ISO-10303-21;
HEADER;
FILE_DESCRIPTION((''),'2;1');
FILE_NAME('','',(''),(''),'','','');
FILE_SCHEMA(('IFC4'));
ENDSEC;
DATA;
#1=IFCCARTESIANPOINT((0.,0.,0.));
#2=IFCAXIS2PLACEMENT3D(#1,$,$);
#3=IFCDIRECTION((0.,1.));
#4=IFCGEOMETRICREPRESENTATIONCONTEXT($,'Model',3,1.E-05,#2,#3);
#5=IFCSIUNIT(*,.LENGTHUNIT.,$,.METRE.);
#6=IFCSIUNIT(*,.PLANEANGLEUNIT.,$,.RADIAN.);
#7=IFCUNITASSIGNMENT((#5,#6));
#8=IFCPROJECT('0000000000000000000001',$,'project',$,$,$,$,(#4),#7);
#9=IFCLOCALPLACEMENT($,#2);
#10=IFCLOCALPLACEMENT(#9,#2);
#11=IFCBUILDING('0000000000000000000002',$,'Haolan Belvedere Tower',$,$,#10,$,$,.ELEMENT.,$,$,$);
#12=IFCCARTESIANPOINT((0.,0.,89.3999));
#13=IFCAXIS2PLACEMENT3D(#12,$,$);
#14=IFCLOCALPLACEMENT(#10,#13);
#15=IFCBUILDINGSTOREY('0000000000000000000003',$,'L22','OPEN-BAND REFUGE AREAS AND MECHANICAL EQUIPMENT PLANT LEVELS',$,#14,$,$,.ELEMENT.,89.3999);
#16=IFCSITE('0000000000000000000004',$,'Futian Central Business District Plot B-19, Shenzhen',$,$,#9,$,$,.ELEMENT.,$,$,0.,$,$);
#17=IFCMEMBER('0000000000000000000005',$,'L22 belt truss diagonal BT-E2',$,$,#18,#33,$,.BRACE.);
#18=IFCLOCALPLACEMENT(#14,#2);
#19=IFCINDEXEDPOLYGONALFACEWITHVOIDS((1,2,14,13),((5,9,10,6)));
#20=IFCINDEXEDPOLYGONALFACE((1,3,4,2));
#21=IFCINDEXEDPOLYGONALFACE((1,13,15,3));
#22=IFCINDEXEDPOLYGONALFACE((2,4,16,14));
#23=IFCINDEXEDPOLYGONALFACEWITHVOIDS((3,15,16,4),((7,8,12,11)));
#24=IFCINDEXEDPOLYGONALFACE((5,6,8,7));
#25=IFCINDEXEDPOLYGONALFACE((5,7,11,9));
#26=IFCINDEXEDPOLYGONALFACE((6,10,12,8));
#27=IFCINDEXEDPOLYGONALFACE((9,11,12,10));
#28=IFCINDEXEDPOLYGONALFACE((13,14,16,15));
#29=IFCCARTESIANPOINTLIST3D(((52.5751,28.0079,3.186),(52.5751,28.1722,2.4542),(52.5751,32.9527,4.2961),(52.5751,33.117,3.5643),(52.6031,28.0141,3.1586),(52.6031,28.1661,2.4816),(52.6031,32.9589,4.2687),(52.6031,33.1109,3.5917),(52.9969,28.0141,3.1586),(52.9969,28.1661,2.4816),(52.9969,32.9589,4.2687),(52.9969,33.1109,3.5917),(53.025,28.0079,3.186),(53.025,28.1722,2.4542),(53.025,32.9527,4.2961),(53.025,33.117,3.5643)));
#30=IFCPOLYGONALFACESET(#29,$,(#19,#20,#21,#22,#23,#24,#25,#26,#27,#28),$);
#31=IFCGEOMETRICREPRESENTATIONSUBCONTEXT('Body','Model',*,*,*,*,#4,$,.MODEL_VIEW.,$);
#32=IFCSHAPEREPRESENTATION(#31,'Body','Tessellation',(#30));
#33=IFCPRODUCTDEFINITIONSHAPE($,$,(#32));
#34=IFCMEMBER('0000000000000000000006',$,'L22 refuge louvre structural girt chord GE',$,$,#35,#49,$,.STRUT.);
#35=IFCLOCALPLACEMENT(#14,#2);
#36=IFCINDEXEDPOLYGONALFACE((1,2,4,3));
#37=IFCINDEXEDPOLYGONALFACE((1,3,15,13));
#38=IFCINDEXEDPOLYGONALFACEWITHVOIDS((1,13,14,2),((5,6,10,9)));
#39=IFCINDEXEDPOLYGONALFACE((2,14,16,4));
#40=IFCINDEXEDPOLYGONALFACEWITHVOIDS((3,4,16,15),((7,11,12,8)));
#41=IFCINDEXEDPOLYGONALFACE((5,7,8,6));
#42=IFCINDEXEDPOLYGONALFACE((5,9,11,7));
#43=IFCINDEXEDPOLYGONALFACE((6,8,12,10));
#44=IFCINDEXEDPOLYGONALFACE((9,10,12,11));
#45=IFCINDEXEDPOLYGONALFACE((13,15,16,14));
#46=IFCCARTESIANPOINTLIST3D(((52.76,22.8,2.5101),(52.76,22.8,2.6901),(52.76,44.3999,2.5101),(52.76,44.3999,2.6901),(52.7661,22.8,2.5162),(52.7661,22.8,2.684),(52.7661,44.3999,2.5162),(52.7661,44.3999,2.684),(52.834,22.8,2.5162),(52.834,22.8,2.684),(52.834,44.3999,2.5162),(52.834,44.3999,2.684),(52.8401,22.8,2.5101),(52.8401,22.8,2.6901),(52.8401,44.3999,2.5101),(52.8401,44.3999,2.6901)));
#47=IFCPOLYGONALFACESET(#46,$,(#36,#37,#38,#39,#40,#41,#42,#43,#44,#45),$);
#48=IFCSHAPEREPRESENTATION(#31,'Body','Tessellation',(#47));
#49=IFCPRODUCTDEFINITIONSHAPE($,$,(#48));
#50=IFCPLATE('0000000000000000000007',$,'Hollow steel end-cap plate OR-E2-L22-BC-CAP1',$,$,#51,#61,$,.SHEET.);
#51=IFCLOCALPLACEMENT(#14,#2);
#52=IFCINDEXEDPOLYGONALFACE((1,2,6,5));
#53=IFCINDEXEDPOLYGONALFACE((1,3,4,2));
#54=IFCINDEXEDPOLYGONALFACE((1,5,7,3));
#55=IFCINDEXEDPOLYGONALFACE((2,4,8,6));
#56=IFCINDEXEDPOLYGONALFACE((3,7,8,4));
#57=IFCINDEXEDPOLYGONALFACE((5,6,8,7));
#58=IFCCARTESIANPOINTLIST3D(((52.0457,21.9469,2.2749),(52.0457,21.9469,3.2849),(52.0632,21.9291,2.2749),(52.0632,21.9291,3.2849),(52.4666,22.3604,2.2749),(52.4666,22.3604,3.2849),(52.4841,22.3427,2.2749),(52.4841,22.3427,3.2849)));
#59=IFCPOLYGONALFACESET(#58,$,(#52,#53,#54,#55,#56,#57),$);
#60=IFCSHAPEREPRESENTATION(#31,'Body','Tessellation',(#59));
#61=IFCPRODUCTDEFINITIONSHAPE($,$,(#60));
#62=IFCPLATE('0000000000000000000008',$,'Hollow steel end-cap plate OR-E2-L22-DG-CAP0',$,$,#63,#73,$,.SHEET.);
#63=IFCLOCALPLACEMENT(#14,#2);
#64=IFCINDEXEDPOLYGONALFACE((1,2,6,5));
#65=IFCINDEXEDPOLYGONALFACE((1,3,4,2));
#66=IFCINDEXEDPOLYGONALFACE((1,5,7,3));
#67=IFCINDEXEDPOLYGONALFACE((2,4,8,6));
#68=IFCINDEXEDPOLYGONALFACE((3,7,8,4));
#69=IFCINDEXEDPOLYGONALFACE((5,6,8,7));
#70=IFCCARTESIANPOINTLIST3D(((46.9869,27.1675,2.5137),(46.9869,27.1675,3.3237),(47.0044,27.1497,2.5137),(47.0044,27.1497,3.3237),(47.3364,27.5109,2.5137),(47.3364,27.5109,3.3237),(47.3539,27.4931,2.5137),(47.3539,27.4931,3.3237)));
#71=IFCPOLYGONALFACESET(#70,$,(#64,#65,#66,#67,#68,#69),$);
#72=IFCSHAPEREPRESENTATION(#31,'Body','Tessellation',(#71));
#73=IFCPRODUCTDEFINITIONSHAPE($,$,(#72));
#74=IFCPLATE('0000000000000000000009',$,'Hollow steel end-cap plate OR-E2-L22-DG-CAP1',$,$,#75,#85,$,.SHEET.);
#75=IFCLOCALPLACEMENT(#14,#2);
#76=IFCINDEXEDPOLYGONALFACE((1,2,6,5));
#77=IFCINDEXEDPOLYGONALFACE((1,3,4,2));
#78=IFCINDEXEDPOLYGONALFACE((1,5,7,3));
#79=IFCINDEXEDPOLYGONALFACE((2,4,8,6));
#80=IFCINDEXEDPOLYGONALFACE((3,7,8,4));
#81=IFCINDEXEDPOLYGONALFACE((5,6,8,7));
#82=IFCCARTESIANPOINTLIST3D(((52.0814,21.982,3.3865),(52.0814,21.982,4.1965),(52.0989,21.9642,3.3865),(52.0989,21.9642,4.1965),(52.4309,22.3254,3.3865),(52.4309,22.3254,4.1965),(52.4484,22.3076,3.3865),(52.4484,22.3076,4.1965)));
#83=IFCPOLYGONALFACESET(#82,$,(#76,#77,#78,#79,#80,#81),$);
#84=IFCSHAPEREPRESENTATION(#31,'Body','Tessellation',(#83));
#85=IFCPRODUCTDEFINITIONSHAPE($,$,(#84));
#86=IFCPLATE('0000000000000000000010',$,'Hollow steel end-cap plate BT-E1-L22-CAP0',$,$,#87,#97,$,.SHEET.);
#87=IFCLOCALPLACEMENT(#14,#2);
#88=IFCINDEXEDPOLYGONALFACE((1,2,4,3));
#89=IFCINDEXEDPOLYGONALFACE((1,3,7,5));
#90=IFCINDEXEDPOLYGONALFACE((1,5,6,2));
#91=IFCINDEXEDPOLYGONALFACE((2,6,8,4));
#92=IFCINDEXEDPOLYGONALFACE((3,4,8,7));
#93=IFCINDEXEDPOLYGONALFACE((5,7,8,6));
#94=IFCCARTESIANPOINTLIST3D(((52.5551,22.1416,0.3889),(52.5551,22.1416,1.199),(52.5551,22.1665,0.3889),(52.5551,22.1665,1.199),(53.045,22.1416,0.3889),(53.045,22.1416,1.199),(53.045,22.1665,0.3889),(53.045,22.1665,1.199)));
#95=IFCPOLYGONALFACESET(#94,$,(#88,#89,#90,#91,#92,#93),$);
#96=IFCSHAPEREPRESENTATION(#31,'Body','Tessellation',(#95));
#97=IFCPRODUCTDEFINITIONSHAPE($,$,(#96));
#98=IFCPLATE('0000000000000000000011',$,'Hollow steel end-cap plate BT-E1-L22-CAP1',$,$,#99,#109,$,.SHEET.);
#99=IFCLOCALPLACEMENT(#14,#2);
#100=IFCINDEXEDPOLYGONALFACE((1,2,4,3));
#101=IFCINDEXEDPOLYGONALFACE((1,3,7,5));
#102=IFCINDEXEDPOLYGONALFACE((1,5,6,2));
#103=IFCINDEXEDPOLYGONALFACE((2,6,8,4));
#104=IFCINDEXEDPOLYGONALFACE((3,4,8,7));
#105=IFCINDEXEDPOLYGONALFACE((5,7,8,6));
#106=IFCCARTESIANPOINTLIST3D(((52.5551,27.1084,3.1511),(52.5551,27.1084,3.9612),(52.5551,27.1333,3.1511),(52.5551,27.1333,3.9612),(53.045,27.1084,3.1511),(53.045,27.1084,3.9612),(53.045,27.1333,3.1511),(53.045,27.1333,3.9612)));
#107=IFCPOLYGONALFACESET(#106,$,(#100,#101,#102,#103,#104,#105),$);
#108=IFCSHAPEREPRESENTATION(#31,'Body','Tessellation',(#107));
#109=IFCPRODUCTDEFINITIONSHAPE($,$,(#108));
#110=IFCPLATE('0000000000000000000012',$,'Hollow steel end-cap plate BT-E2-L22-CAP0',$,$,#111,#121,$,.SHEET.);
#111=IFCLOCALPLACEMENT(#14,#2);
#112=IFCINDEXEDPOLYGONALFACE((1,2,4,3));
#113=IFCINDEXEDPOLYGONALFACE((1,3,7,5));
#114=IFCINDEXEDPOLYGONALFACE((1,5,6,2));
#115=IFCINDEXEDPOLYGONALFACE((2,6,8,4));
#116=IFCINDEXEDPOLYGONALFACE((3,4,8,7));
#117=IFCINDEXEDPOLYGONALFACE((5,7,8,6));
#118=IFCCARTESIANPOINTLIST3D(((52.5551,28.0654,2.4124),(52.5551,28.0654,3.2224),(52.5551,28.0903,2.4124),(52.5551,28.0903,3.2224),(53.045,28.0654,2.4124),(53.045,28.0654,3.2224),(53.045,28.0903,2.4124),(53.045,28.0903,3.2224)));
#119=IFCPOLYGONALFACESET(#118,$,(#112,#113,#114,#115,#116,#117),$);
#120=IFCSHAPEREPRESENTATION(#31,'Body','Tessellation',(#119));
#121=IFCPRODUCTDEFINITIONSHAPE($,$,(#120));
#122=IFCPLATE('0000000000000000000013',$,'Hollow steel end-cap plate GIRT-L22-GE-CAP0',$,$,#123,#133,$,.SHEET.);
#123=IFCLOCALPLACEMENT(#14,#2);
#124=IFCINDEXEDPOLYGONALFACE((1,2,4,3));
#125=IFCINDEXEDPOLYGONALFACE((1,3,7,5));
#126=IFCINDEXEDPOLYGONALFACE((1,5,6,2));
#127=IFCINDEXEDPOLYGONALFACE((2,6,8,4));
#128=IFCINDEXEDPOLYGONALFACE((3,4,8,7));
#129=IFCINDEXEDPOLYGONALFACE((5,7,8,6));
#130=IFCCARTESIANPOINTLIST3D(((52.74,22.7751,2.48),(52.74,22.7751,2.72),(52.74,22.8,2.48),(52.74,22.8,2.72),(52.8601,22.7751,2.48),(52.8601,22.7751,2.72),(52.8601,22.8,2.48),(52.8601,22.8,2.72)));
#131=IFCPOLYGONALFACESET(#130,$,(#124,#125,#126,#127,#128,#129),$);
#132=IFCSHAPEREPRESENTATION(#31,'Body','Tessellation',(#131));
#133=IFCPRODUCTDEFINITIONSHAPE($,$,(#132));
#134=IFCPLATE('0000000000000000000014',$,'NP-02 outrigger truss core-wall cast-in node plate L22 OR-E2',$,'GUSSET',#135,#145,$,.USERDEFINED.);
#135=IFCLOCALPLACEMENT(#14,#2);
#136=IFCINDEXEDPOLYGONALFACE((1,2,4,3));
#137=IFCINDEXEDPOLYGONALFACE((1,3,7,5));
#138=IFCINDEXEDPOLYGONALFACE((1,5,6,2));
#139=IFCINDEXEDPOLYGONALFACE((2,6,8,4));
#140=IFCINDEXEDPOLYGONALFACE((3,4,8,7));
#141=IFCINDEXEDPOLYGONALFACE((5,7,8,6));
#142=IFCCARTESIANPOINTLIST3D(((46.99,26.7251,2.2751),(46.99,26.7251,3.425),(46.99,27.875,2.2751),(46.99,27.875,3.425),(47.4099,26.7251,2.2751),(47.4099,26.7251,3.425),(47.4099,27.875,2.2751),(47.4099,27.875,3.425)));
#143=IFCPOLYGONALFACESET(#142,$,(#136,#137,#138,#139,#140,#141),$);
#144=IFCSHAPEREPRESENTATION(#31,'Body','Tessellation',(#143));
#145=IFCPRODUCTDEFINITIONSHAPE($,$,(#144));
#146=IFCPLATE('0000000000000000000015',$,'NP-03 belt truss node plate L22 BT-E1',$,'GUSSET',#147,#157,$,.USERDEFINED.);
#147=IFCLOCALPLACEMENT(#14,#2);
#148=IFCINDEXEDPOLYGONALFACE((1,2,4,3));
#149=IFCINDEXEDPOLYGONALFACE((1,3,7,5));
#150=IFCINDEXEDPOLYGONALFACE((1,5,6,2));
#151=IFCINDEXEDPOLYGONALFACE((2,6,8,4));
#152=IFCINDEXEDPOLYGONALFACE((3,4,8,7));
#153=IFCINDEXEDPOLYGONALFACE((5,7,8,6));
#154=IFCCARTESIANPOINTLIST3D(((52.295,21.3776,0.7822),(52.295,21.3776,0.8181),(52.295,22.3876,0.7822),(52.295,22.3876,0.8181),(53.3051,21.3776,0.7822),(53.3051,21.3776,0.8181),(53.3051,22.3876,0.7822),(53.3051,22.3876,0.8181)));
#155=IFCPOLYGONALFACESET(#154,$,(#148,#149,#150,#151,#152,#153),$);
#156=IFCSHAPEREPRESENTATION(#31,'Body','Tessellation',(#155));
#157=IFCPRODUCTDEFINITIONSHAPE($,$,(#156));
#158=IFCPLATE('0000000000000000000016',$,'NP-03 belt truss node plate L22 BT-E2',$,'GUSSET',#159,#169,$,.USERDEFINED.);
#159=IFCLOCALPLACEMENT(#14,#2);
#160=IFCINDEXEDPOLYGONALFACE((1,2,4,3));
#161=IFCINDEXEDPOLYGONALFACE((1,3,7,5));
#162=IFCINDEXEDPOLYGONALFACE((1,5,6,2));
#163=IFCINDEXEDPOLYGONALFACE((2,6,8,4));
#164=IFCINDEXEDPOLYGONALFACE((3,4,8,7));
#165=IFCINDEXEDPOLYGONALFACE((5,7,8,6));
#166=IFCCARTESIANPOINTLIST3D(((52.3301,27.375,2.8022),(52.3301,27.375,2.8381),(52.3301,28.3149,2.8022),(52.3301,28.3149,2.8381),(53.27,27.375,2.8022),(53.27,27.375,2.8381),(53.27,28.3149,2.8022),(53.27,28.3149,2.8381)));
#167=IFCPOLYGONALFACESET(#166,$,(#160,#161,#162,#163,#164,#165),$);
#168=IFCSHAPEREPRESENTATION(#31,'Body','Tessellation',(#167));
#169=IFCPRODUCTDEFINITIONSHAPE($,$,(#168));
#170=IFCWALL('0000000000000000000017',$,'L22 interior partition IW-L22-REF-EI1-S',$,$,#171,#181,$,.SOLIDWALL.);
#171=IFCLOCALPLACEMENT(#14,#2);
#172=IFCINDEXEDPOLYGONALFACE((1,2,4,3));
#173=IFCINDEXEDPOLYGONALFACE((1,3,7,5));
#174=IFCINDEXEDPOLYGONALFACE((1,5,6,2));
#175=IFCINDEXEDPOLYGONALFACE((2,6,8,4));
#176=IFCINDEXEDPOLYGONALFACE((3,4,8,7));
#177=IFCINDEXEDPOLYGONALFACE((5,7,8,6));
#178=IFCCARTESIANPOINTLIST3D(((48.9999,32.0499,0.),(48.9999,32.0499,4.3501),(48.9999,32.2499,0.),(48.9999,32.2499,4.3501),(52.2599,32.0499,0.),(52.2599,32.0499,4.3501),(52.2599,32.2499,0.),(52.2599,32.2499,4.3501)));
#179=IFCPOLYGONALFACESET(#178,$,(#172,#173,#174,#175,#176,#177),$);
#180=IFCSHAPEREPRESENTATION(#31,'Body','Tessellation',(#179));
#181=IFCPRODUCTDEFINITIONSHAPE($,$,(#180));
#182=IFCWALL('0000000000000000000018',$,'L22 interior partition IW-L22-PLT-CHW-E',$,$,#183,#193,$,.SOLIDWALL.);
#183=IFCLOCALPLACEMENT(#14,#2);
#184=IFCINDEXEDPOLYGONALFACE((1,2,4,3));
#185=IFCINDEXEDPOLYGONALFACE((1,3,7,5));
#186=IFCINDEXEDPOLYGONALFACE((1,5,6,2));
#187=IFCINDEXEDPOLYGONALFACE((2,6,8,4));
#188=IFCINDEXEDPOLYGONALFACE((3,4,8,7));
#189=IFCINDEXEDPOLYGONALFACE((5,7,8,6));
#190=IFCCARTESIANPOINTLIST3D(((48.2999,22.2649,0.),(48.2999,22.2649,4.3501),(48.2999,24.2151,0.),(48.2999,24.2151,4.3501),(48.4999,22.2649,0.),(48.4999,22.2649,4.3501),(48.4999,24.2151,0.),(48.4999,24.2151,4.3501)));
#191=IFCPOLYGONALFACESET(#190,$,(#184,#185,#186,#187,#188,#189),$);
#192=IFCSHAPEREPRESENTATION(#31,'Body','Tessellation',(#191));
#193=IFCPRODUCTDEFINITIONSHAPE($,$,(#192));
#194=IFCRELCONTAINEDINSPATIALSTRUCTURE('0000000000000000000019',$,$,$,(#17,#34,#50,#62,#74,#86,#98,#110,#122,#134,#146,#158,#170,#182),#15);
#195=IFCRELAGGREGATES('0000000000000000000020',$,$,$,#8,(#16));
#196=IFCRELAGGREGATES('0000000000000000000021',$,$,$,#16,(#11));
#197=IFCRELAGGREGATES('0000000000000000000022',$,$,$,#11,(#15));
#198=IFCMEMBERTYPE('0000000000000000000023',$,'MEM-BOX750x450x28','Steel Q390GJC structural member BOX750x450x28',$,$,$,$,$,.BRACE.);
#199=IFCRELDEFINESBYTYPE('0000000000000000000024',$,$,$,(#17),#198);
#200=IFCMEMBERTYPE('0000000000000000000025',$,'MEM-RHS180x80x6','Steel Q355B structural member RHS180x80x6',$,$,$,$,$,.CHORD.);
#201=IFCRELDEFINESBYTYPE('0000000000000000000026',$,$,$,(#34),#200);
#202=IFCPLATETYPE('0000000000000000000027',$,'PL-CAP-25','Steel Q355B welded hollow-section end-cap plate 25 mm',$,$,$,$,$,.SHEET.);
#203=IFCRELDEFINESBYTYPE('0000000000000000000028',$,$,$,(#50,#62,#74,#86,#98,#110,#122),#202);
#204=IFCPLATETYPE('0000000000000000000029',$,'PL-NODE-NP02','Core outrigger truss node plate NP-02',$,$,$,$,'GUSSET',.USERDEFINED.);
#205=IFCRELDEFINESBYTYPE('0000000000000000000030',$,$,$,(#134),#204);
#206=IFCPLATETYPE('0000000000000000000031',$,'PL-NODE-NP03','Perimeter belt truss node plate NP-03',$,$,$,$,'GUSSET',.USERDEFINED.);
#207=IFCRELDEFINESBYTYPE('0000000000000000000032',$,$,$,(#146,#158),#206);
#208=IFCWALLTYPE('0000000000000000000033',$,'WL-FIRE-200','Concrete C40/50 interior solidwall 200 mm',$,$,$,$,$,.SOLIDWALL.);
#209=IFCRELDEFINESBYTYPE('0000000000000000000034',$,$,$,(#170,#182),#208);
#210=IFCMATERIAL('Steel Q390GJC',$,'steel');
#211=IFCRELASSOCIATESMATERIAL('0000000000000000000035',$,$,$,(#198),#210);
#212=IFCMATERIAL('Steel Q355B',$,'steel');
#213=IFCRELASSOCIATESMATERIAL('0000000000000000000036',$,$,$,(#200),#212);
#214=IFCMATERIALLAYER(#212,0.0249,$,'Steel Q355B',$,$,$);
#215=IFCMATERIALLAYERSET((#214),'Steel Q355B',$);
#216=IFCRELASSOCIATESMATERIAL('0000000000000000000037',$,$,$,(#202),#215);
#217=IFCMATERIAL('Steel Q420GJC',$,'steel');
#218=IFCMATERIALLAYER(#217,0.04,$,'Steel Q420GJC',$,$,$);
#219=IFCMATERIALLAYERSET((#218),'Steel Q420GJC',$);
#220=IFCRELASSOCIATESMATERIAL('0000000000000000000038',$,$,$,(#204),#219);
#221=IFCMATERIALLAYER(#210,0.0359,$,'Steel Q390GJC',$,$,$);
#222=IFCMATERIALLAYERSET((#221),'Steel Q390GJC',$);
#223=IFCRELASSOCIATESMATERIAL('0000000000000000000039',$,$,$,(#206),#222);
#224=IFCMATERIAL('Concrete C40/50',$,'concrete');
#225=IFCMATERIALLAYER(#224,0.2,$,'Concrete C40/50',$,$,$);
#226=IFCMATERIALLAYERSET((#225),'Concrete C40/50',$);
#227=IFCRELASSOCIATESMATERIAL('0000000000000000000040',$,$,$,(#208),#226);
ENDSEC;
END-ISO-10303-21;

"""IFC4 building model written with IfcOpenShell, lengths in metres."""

from ifc_helpers import new_model, si_unit, direction, frame, frame_2d, origin, origin_2d, place, context, subcontext, project, spatial, rectangle, hollow_rectangle, extrude, material, layer, layer_set, material_profile, profile_set, type_object, element, save


model = new_model("IFC4")

# Units and contexts
model_context = context("Model", 3, precision=1e-05, world=origin(), true_north=direction((0.0, 1.0)))
body_context = subcontext(model_context, "Body", "Model", "MODEL_VIEW")
ifc_project = project(units=[si_unit("LENGTHUNIT", "METRE"), si_unit("PLANEANGLEUNIT", "RADIAN")], contexts=[model_context])

# Site, building, storey
site_placement = place(None, origin())
site = spatial("IfcSite", under=ifc_project, at=site_placement, Name="Futian Central Business District Plot B-19, Shenzhen", CompositionType="ELEMENT", RefElevation=0.0)
building_placement = place(site_placement, origin())
building = spatial("IfcBuilding", under=site, at=building_placement, Name="Haolan Belvedere Tower", CompositionType="ELEMENT")
storey_placement = place(building_placement, frame((0.0, 0.0, 89.3999)))
storey = spatial("IfcBuildingStorey", under=building, at=storey_placement, Name="L22", Description="OPEN-BAND REFUGE AREAS AND MECHANICAL EQUIPMENT PLANT LEVELS", CompositionType="ELEMENT", Elevation=89.3999)

# Shared definitions
ifc_material_1 = material(Name="Steel Q420GJC", Category="steel")
ifc_material_2 = material(Name="Steel Q355B", Category="steel")

# Members
ifc_material_3 = material(Name="Steel Q390GJC", Category="steel")
ifc_material_profile_1 = material_profile(ifc_material_3, hollow_rectangle(XDim=0.45, YDim=0.75, WallThickness=0.0281, at=origin_2d()), Name="Steel Q390GJC")
ifc_profile_set_1 = profile_set([ifc_material_profile_1], Name="Steel Q390GJC")
member_type_1 = type_object("IfcMemberType", Name="MEM-BOX750x450x28", Description="Steel Q390GJC structural member BOX750x450x28", PredefinedType="BRACE", material=ifc_profile_set_1)
member_1_placement = place(storey_placement, frame((52.8, 28.0901, 2.8201), z_axis=(0.0, 0.975714, 0.219047), x_axis=(-1.0, 0.0, 0.0)))
element("IfcMember", 1, at=member_1_placement, inside=storey, type_object=member_type_1, Name="L22 belt truss diagonal BT-E2", PredefinedType="BRACE", context=body_context, shape_type="SweptSolid", body=[
    extrude(hollow_rectangle(XDim=0.45, YDim=0.75, WallThickness=0.0281, at=origin_2d()), origin(), (0.0, 0.0, 1.0), 5.0679),
])
ifc_material_profile_2 = material_profile(ifc_material_2, hollow_rectangle(XDim=0.0801, YDim=0.1799, WallThickness=0.0061, at=origin_2d()), Name="Steel Q355B")
ifc_profile_set_2 = profile_set([ifc_material_profile_2], Name="Steel Q355B")
member_type_2 = type_object("IfcMemberType", Name="MEM-RHS180x80x6", Description="Steel Q355B structural member RHS180x80x6", PredefinedType="CHORD", material=ifc_profile_set_2)
member_2_placement = place(storey_placement, frame((52.8, 22.8, 2.6001), z_axis=(0.0, 1.0, 0.0), x_axis=(-1.0, 0.0, 0.0)))
element("IfcMember", 2, at=member_2_placement, inside=storey, type_object=member_type_2, Name="L22 refuge louvre structural girt chord GE", PredefinedType="STRUT", context=body_context, shape_type="SweptSolid", body=[
    extrude(hollow_rectangle(XDim=0.0801, YDim=0.1799, WallThickness=0.0061, at=origin_2d()), origin(), (0.0, 0.0, 1.0), 21.5999),
])

# Plates
ifc_layer_1 = layer(ifc_material_2, 0.0249, Name="Steel Q355B")
ifc_layer_set_1 = layer_set([ifc_layer_1], Name="Steel Q355B")
plate_type_1 = type_object("IfcPlateType", Name="PL-CAP-25", Description="Steel Q355B welded hollow-section end-cap plate 25 mm", PredefinedType="SHEET", material=ifc_layer_set_1)
plate_1_placement = place(storey_placement, frame((52.2649, 22.1448, 2.2749), z_axis=(0.0, 0.0, 1.0), x_axis=(0.713336, 0.700822, 0.0)))
element("IfcPlate", 3, at=plate_1_placement, inside=storey, type_object=plate_type_1, Name="Hollow steel end-cap plate OR-E2-L22-BC-CAP1", PredefinedType="SHEET", context=body_context, shape_type="SweptSolid", body=[
    extrude(rectangle(XDim=0.5901, YDim=0.0249, at=origin_2d()), origin(), (0.0, 0.0, 1.0), 1.01),
])
for number, where, z_axis, x_axis, name in (
    (4, (47.1704, 27.3303, 2.5137), (0.0, 0.0, 1.0), (-0.713336, -0.700822, 0.0), "Hollow steel end-cap plate OR-E2-L22-DG-CAP0"),
    (5, (52.2649, 22.1448, 3.3865), (0.0, 0.0, 1.0), (0.713336, 0.700822, 0.0), "Hollow steel end-cap plate OR-E2-L22-DG-CAP1"),
    (6, (52.8, 22.1541, 0.3889), (0.0, 0.0, 1.0), (1.0, 0.0, 0.0), "Hollow steel end-cap plate BT-E1-L22-CAP0"),
    (7, (52.8, 27.1208, 3.1511), (0.0, 0.0, 1.0), (-1.0, 0.0, 0.0), "Hollow steel end-cap plate BT-E1-L22-CAP1"),
    (8, (52.8, 28.0779, 2.4124), (0.0, 0.0, 1.0), (1.0, 0.0, 0.0), "Hollow steel end-cap plate BT-E2-L22-CAP0"),
):
    element("IfcPlate", number, at=place(storey_placement, frame(where, z_axis=z_axis, x_axis=x_axis)), inside=storey, type_object=plate_type_1, Name=name, PredefinedType="SHEET", context=body_context, shape_type="SweptSolid", body=[
        extrude(rectangle(XDim=0.49, YDim=0.0249, at=origin_2d()), origin(), (0.0, 0.0, 1.0), 0.8101),
    ])
plate_2_placement = place(storey_placement, frame((52.8, 22.7876, 2.48), z_axis=(0.0, 0.0, 1.0), x_axis=(1.0, 0.0, 0.0)))
element("IfcPlate", 9, at=plate_2_placement, inside=storey, type_object=plate_type_1, Name="Hollow steel end-cap plate GIRT-L22-GE-CAP0", PredefinedType="SHEET", context=body_context, shape_type="SweptSolid", body=[
    extrude(rectangle(XDim=0.1201, YDim=0.0249, at=origin_2d()), origin(), (0.0, 0.0, 1.0), 0.24),
])
ifc_layer_2 = layer(ifc_material_1, 0.04, Name="Steel Q420GJC")
ifc_layer_set_2 = layer_set([ifc_layer_2], Name="Steel Q420GJC")
plate_type_2 = type_object("IfcPlateType", Name="PL-NODE-NP02", Description="Core outrigger truss node plate NP-02", ElementType="GUSSET", PredefinedType="USERDEFINED", material=ifc_layer_set_2)
plate_3_placement = place(storey_placement, frame((47.2, 27.3, 2.2751), z_axis=(0.0, 0.0, 1.0), x_axis=(1.0, 0.0, 0.0)))
element("IfcPlate", 10, at=plate_3_placement, inside=storey, type_object=plate_type_2, Name="NP-02 outrigger truss core-wall cast-in node plate L22 OR-E2", ObjectType="GUSSET", PredefinedType="USERDEFINED", context=body_context, shape_type="SweptSolid", body=[
    extrude(rectangle(XDim=0.4199, YDim=1.1499, at=origin_2d()), origin(), (0.0, 0.0, 1.0), 1.1499),
])
ifc_layer_3 = layer(ifc_material_3, 0.0359, Name="Steel Q390GJC")
ifc_layer_set_3 = layer_set([ifc_layer_3], Name="Steel Q390GJC")
plate_type_3 = type_object("IfcPlateType", Name="PL-NODE-NP03", Description="Perimeter belt truss node plate NP-03", ElementType="GUSSET", PredefinedType="USERDEFINED", material=ifc_layer_set_3)
plate_4_placement = place(storey_placement, frame((52.8, 21.8826, 0.7822), z_axis=(0.0, 0.0, 1.0), x_axis=(1.0, 0.0, 0.0)))
element("IfcPlate", 11, at=plate_4_placement, inside=storey, type_object=plate_type_3, Name="NP-03 belt truss node plate L22 BT-E1", ObjectType="GUSSET", PredefinedType="USERDEFINED", context=body_context, shape_type="SweptSolid", body=[
    extrude(rectangle(XDim=1.01, YDim=1.01, at=origin_2d()), origin(), (0.0, 0.0, 1.0), 0.0359),
])
plate_5_placement = place(storey_placement, frame((52.8, 27.845, 2.8022), z_axis=(0.0, 0.0, 1.0), x_axis=(1.0, 0.0, 0.0)))
element("IfcPlate", 12, at=plate_5_placement, inside=storey, type_object=plate_type_3, Name="NP-03 belt truss node plate L22 BT-E2", ObjectType="GUSSET", PredefinedType="USERDEFINED", context=body_context, shape_type="SweptSolid", body=[
    extrude(rectangle(XDim=0.9399, YDim=0.9399, at=origin_2d()), origin(), (0.0, 0.0, 1.0), 0.0359),
])

# Walls
ifc_material_4 = material(Name="Concrete C40/50", Category="concrete")
ifc_layer_4 = layer(ifc_material_4, 0.2, Name="Concrete C40/50")
ifc_layer_set_4 = layer_set([ifc_layer_4], Name="Concrete C40/50")
wall_type_1 = type_object("IfcWallType", Name="WL-FIRE-200", Description="Concrete C40/50 interior solidwall 200 mm", PredefinedType="SOLIDWALL", material=ifc_layer_set_4)
wall_1_placement = place(storey_placement, frame((49.0, 32.1499, 0.0), z_axis=(0.0, 0.0, 1.0), x_axis=(1.0, 0.0, 0.0)))
element("IfcWall", 13, at=wall_1_placement, inside=storey, type_object=wall_type_1, Name="L22 interior partition IW-L22-REF-EI1-S", PredefinedType="SOLIDWALL", context=body_context, shape_type="SweptSolid", body=[
    extrude(rectangle(XDim=3.26, YDim=0.2, at=frame_2d((1.6299, 0.0))), origin(), (0.0, 0.0, 1.0), 4.3501),
])
wall_2_placement = place(storey_placement, frame((48.3999, 22.2649, 0.0), z_axis=(0.0, 0.0, 1.0), x_axis=(0.0, 1.0, 0.0)))
element("IfcWall", 14, at=wall_2_placement, inside=storey, type_object=wall_type_1, Name="L22 interior partition IW-L22-PLT-CHW-E", PredefinedType="SOLIDWALL", context=body_context, shape_type="SweptSolid", body=[
    extrude(rectangle(XDim=1.9502, YDim=0.2, at=frame_2d((0.9751, 0.0))), origin(), (0.0, 0.0, 1.0), 4.3501),
])

save(model, "model.ifc")
